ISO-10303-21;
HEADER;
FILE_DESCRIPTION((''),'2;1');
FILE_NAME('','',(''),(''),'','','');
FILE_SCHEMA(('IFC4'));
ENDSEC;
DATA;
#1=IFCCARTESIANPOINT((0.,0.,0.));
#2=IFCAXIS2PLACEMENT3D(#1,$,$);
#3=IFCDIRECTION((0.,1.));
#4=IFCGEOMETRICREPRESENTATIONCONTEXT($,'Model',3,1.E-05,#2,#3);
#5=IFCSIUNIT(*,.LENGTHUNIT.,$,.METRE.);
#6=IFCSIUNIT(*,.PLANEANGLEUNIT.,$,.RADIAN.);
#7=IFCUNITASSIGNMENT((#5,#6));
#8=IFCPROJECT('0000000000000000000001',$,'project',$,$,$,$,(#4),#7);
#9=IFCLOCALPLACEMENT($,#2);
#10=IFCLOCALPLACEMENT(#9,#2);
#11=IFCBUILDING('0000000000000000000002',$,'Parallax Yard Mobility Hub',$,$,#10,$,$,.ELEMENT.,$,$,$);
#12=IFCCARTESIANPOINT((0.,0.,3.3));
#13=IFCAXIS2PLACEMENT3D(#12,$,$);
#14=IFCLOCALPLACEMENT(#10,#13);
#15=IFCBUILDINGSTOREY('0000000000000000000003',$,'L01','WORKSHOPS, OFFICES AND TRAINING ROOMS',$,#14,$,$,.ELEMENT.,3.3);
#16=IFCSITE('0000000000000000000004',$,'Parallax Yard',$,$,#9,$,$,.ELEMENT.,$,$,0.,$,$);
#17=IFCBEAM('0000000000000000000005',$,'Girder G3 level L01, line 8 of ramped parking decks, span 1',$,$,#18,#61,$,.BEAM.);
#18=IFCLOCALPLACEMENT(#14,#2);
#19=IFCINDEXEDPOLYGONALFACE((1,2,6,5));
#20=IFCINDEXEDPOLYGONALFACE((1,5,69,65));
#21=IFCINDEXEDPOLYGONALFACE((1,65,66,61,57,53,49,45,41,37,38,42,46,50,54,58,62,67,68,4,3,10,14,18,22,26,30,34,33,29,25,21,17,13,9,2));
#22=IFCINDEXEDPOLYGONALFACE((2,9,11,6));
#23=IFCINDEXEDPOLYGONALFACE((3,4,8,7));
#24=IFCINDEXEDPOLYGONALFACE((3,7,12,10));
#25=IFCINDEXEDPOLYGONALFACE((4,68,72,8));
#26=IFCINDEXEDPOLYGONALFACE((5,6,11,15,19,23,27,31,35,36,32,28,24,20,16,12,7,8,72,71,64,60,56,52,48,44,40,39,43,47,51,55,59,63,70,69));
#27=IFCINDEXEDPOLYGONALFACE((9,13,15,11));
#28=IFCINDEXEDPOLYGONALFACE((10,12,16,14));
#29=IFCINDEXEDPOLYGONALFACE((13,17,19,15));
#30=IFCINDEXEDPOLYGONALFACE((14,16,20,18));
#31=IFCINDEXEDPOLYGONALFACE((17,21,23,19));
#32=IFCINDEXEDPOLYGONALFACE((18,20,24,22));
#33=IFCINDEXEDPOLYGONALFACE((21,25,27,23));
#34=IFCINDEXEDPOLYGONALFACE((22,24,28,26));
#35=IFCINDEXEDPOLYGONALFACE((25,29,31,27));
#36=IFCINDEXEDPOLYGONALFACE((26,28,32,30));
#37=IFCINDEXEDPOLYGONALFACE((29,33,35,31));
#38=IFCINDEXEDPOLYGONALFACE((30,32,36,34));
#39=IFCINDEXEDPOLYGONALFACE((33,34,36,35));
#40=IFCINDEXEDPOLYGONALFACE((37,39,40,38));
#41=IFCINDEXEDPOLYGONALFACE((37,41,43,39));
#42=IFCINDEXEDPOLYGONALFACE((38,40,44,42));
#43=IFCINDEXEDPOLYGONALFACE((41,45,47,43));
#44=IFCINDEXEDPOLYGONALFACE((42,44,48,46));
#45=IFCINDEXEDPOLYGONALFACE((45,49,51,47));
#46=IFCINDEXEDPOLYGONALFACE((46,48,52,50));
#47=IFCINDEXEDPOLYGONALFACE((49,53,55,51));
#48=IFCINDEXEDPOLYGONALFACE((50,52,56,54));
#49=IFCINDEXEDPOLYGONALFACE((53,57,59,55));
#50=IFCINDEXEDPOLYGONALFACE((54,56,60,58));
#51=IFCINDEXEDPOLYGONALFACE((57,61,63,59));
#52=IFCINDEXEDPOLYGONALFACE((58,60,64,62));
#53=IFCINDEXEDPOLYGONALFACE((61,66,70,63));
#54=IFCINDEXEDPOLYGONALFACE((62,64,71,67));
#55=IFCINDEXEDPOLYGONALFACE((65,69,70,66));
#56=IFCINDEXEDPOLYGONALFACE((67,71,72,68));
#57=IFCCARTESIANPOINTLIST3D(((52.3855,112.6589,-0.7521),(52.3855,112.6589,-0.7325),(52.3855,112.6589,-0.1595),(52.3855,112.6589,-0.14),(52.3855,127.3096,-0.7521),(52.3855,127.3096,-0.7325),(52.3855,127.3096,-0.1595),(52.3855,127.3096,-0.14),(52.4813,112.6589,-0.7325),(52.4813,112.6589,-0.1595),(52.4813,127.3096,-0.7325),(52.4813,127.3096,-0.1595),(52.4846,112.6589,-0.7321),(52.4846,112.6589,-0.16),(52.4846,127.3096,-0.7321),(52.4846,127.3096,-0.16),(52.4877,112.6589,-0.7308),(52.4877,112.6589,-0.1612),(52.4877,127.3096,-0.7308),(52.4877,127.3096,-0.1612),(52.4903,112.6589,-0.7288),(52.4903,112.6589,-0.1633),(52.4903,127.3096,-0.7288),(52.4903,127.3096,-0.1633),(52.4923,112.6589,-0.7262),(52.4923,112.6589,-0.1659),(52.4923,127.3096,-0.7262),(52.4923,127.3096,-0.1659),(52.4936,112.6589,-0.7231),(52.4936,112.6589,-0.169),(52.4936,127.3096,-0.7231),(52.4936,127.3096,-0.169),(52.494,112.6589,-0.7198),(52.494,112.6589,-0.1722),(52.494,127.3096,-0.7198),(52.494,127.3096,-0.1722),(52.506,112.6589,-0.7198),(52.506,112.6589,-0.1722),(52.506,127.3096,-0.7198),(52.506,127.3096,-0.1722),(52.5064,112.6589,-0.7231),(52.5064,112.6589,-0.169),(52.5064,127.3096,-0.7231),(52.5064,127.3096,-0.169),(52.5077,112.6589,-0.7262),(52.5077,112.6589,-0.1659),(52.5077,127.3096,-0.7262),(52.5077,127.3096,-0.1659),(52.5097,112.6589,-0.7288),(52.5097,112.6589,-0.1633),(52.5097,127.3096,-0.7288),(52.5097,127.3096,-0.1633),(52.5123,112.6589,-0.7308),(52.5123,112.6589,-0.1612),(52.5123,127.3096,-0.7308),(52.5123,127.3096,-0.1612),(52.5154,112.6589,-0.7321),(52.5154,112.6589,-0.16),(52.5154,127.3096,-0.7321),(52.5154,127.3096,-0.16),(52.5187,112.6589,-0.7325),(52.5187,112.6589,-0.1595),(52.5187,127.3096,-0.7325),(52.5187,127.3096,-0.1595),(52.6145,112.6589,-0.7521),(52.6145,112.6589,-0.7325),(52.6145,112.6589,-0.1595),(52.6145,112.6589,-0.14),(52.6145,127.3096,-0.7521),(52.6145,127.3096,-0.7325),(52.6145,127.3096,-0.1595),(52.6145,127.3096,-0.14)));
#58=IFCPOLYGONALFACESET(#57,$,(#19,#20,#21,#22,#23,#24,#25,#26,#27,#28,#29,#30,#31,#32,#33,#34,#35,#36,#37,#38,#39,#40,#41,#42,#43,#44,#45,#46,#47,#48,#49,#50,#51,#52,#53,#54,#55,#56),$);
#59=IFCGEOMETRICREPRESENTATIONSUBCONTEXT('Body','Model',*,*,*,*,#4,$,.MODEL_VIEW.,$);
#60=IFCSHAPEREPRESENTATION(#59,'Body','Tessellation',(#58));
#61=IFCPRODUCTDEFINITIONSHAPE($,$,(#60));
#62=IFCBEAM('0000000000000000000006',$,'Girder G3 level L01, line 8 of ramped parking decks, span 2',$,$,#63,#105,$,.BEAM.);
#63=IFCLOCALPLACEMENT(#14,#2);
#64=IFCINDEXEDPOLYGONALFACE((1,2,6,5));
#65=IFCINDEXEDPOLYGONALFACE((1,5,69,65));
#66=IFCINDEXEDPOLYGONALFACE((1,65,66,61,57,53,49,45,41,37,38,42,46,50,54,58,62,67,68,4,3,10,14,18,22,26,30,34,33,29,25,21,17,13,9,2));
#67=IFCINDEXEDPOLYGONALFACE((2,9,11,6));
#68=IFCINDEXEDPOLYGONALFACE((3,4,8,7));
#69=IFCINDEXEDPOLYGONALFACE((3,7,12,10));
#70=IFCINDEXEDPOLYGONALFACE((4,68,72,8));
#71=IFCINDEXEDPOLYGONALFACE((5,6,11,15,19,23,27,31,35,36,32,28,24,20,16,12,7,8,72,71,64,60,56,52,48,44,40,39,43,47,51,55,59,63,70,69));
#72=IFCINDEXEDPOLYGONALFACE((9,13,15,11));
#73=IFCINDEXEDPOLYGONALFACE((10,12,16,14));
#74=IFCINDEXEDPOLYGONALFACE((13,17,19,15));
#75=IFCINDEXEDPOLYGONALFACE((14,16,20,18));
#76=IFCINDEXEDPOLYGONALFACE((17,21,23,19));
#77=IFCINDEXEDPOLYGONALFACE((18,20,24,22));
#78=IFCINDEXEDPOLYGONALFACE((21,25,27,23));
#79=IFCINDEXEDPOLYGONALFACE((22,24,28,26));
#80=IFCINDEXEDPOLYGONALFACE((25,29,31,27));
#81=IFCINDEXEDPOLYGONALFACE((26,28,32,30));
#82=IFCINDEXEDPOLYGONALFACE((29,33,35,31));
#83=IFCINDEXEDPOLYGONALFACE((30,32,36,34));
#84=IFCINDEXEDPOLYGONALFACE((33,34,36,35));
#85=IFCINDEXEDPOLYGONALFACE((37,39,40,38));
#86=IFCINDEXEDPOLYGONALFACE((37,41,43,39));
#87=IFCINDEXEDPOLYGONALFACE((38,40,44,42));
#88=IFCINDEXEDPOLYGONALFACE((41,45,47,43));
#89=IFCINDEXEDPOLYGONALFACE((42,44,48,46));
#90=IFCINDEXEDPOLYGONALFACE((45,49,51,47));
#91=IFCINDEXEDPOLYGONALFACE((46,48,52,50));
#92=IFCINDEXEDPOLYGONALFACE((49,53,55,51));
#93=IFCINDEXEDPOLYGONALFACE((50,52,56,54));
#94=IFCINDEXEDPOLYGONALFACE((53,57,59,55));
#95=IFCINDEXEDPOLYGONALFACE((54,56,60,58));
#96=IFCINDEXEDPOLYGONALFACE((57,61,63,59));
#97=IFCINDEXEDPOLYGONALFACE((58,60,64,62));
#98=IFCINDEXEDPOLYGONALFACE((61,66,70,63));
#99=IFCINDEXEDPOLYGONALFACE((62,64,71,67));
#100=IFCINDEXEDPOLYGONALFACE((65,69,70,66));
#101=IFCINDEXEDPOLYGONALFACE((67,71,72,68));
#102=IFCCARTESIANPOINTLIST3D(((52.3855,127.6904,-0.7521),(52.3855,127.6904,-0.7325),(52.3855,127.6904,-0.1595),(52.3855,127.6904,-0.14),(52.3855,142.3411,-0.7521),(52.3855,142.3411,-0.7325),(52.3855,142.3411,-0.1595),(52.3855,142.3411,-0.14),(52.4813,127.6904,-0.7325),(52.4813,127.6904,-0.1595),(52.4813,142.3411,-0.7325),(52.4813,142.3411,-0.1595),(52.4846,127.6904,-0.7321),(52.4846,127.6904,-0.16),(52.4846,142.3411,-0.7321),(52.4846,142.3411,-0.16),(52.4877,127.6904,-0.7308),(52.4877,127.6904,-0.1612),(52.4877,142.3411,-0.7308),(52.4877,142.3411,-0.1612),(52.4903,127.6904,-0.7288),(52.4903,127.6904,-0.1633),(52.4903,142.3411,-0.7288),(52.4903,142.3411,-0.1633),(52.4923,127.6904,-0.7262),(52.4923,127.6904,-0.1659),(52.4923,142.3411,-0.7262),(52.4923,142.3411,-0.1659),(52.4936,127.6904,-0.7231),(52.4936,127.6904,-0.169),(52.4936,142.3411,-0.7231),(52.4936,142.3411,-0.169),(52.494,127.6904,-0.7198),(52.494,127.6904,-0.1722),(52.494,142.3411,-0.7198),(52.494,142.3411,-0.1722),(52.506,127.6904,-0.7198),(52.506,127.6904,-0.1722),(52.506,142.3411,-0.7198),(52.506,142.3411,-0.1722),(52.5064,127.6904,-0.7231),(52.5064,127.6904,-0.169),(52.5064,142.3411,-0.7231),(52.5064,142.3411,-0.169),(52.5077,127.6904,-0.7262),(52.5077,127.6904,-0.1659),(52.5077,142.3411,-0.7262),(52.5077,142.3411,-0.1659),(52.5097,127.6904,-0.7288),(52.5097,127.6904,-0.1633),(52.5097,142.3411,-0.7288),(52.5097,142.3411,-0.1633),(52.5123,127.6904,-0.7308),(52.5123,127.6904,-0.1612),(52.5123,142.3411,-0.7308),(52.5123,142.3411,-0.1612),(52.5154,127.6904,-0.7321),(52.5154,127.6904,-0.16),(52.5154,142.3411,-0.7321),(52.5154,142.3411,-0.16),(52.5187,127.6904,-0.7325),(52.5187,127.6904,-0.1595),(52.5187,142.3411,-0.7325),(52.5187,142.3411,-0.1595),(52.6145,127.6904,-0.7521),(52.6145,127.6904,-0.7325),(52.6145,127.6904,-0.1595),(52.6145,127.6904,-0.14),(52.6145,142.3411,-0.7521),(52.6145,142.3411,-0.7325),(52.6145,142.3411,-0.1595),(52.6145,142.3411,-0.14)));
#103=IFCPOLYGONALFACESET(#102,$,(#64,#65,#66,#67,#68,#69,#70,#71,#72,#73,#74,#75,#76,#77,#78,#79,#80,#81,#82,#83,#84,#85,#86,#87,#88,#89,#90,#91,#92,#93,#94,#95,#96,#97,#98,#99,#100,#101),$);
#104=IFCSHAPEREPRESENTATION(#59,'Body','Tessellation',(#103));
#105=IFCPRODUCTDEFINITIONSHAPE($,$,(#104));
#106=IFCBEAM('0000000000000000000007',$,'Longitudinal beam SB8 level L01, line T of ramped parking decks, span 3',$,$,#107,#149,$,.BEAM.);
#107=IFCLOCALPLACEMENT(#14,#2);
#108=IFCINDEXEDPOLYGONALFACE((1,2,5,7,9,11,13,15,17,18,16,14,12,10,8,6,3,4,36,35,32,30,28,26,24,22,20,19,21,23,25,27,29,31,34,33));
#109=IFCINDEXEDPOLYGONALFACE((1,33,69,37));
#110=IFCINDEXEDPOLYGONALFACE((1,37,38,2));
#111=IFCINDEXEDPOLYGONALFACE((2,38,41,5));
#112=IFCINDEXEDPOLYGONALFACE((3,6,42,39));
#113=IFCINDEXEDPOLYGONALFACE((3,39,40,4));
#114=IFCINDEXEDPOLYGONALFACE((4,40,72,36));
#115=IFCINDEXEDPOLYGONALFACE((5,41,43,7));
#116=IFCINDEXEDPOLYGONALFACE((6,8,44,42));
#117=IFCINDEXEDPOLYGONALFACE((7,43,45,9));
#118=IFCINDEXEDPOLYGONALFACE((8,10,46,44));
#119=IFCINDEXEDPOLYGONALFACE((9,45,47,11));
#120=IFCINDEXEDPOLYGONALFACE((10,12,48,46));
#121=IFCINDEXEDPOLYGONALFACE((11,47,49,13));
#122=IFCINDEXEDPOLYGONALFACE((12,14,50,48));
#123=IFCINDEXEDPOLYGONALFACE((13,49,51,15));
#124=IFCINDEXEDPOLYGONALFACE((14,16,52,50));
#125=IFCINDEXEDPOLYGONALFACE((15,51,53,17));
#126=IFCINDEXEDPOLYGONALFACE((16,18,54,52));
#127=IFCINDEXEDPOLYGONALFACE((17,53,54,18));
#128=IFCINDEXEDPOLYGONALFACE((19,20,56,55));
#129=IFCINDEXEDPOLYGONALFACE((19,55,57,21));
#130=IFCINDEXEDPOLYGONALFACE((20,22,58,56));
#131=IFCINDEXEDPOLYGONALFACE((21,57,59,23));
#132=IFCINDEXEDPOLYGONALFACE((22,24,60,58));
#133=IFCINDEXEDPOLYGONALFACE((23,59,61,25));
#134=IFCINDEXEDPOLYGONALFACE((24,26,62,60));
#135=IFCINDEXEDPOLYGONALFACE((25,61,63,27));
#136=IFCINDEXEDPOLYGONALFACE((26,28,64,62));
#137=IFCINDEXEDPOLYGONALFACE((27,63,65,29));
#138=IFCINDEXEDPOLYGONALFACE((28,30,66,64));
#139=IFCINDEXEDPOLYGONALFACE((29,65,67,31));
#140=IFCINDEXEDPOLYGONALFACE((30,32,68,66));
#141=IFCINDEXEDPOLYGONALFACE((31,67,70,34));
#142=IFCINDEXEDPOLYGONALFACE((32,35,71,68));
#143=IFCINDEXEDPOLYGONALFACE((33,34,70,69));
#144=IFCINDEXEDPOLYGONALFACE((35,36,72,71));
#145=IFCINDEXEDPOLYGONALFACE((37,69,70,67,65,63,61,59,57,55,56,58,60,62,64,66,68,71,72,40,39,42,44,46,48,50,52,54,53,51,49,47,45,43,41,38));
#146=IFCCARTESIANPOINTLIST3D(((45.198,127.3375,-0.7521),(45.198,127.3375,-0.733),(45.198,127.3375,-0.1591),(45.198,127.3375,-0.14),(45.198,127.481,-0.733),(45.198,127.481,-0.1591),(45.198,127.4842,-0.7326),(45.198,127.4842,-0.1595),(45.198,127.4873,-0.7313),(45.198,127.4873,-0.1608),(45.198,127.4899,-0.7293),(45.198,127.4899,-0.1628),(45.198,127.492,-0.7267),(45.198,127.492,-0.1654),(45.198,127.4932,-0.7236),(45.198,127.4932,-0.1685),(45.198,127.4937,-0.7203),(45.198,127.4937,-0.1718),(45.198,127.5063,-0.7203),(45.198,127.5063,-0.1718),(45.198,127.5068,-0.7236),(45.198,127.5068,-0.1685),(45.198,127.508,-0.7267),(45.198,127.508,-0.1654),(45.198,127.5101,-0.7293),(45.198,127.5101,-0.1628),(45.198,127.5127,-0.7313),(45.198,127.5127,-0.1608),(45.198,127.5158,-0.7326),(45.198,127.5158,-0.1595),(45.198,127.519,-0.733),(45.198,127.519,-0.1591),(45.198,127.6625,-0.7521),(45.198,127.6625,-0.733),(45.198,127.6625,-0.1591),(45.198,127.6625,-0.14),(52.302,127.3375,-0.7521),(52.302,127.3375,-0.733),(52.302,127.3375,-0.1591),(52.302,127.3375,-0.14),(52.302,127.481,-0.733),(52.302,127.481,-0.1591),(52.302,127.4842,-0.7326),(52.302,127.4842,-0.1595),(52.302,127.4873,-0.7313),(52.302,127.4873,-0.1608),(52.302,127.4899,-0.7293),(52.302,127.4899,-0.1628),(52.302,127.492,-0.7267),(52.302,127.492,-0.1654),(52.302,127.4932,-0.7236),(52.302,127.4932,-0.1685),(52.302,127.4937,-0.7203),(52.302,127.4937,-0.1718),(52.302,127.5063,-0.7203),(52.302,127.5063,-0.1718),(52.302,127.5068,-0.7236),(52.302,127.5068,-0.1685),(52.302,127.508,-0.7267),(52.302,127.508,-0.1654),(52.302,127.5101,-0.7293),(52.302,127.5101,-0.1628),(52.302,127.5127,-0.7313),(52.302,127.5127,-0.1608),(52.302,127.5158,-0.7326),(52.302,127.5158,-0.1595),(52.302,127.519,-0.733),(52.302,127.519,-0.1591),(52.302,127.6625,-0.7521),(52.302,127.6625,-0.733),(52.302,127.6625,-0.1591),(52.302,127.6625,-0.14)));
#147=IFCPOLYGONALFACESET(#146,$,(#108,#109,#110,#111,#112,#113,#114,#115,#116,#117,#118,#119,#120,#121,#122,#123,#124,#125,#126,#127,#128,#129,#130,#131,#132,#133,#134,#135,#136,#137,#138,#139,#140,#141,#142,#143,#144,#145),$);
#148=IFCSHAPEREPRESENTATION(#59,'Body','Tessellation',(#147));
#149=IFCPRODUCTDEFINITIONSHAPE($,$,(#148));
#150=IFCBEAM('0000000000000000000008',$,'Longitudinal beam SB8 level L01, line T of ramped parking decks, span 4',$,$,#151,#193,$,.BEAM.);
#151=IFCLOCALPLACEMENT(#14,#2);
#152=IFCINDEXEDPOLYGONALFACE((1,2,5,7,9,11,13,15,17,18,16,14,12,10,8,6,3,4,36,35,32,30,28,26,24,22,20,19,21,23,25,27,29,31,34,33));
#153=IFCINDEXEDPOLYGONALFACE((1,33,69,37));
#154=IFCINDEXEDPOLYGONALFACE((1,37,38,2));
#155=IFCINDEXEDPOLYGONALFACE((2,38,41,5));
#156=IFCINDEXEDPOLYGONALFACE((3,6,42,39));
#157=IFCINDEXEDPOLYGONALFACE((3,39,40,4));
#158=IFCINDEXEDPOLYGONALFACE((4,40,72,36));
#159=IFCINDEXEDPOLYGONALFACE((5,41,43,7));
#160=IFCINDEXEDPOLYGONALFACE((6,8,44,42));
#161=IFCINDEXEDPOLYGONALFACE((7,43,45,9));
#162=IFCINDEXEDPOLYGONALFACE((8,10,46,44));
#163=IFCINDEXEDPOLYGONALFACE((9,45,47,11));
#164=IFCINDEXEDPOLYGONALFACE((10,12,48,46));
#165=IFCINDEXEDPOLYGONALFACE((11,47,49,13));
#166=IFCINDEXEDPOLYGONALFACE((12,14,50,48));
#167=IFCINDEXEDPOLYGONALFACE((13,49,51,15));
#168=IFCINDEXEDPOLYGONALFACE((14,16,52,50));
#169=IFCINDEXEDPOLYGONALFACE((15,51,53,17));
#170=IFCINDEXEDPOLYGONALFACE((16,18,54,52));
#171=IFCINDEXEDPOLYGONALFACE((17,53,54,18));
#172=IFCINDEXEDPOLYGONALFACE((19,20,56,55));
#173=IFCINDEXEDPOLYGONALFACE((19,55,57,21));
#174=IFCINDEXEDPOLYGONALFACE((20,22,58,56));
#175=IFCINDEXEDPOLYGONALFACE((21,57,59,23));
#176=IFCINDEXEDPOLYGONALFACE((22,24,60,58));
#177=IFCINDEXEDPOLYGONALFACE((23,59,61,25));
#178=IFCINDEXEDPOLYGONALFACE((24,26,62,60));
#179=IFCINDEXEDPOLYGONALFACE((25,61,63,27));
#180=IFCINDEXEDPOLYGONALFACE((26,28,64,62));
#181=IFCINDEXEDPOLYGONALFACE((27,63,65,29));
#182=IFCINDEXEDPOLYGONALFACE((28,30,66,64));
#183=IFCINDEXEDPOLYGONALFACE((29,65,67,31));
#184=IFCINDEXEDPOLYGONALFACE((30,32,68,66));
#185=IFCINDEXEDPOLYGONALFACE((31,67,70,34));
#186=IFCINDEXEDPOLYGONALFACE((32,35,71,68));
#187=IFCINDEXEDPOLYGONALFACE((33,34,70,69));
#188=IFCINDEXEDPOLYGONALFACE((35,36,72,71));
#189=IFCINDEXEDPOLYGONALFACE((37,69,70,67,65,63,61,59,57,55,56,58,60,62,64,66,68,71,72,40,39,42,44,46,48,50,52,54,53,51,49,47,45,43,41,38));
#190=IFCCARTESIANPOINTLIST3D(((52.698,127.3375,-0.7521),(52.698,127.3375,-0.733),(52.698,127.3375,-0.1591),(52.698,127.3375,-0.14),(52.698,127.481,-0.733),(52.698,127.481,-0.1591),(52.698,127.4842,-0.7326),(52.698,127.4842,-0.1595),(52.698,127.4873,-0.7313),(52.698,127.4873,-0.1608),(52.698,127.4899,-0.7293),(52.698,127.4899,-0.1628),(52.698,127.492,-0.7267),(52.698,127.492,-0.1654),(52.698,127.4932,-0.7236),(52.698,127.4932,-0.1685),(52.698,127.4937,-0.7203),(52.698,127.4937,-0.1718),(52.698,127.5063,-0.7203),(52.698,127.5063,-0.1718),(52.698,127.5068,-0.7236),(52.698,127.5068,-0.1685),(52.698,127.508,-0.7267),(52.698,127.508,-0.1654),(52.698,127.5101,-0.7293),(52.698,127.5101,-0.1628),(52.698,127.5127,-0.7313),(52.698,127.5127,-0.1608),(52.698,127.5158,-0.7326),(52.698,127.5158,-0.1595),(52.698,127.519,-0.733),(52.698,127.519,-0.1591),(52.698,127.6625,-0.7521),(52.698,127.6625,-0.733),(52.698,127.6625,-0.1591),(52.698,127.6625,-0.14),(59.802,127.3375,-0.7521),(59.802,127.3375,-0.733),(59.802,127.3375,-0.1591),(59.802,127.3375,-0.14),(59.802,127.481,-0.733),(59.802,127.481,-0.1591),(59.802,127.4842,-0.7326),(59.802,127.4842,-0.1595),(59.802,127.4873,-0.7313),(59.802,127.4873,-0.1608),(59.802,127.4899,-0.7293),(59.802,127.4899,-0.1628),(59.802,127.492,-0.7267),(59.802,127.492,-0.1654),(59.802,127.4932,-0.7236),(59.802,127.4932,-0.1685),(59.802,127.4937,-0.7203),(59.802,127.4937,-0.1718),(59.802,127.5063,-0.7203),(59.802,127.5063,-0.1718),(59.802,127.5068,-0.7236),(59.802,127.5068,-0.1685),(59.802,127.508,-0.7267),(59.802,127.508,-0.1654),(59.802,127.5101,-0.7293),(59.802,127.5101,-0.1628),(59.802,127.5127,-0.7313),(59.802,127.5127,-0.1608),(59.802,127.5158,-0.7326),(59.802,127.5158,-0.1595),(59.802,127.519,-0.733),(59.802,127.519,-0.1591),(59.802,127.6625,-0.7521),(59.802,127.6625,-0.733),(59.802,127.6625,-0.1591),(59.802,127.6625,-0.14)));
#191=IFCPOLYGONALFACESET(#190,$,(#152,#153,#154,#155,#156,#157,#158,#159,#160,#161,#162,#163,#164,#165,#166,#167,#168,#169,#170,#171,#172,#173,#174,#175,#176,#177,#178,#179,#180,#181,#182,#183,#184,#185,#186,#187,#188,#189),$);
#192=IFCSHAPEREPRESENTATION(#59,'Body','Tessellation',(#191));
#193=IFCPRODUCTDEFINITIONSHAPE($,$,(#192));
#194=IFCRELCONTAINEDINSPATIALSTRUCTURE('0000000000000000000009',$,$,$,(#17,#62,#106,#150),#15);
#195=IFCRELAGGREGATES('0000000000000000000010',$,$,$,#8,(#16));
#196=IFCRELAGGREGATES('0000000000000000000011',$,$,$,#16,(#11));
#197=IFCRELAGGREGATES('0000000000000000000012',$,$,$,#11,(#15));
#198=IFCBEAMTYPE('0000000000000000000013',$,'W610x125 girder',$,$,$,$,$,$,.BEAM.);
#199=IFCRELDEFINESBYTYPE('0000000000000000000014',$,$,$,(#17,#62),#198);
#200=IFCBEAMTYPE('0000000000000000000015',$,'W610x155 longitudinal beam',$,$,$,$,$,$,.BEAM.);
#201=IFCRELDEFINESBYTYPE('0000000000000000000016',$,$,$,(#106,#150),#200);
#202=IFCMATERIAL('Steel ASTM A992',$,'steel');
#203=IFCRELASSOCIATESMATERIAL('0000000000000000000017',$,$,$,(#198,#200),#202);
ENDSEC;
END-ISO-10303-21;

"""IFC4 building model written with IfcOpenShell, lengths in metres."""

from ifc_helpers import new_model, si_unit, direction, frame, origin, origin_2d, place, context, subcontext, project, spatial, i_section, extrude, material, material_profile, profile_set, type_object, element, save


model = new_model("IFC4")

# Units and contexts
model_context = context("Model", 3, precision=1e-05, world=origin(), true_north=direction((0.0, 1.0)))
body_context = subcontext(model_context, "Body", "Model", "MODEL_VIEW")
ifc_project = project(units=[si_unit("LENGTHUNIT", "METRE"), si_unit("PLANEANGLEUNIT", "RADIAN")], contexts=[model_context])

# Site, building, storey
site_placement = place(None, origin())
site = spatial("IfcSite", under=ifc_project, at=site_placement, Name="Parallax Yard", CompositionType="ELEMENT", RefElevation=0.0)
building_placement = place(site_placement, origin())
building = spatial("IfcBuilding", under=site, at=building_placement, Name="Parallax Yard Mobility Hub", CompositionType="ELEMENT")
storey_placement = place(building_placement, frame((0.0, 0.0, 3.3)))
storey = spatial("IfcBuildingStorey", under=building, at=storey_placement, Name="L01", Description="WORKSHOPS, OFFICES AND TRAINING ROOMS", CompositionType="ELEMENT", Elevation=3.3)

# Shared definitions
ifc_material_1 = material(Name="Steel ASTM A992", Category="steel")

# Beams
ifc_material_profile_1 = material_profile(ifc_material_1, i_section(OverallWidth=0.229, OverallDepth=0.6121, WebThickness=0.012, FlangeThickness=0.0195, FilletRadius=0.0127, at=origin_2d()), Name="W610x125")
ifc_profile_set_1 = profile_set([ifc_material_profile_1], Name="Steel ASTM A992")
beam_type_1 = type_object("IfcBeamType", Name="W610x125 girder", PredefinedType="BEAM", material=ifc_profile_set_1)
for number, where, z_axis, x_axis, name in (
    (1, (52.5, 112.6589, -0.446), (0.0, 1.0, 0.0), (-1.0, 0.0, 0.0), "Girder G3 level L01, line 8 of ramped parking decks, span 1"),
    (2, (52.5, 127.6904, -0.446), (0.0, 1.0, 0.0), (-1.0, 0.0, 0.0), "Girder G3 level L01, line 8 of ramped parking decks, span 2"),
):
    element("IfcBeam", number, at=place(storey_placement, frame(where, z_axis=z_axis, x_axis=x_axis)), inside=storey, type_object=beam_type_1, Name=name, PredefinedType="BEAM", context=body_context, shape_type="SweptSolid", body=[
        extrude(i_section(OverallWidth=0.229, OverallDepth=0.6121, WebThickness=0.012, FlangeThickness=0.0195, FilletRadius=0.0127, at=origin_2d()), origin(), (0.0, 0.0, 1.0), 14.6506),
    ])
ifc_material_profile_2 = material_profile(ifc_material_1, i_section(OverallWidth=0.325, OverallDepth=0.6121, WebThickness=0.0127, FlangeThickness=0.019, FilletRadius=0.0127, at=origin_2d()), Name="W610x155")
ifc_profile_set_2 = profile_set([ifc_material_profile_2], Name="Steel ASTM A992")
beam_type_2 = type_object("IfcBeamType", Name="W610x155 longitudinal beam", PredefinedType="BEAM", material=ifc_profile_set_2)
for number, where, z_axis, x_axis, name in (
    (3, (45.198, 127.5, -0.446), (1.0, 0.0, 0.0), (0.0, 1.0, 0.0), "Longitudinal beam SB8 level L01, line T of ramped parking decks, span 3"),
    (4, (52.698, 127.5, -0.446), (1.0, 0.0, 0.0), (0.0, 1.0, 0.0), "Longitudinal beam SB8 level L01, line T of ramped parking decks, span 4"),
):
    element("IfcBeam", number, at=place(storey_placement, frame(where, z_axis=z_axis, x_axis=x_axis)), inside=storey, type_object=beam_type_2, Name=name, PredefinedType="BEAM", context=body_context, shape_type="SweptSolid", body=[
        extrude(i_section(OverallWidth=0.325, OverallDepth=0.6121, WebThickness=0.0127, FlangeThickness=0.019, FilletRadius=0.0127, at=origin_2d()), origin(), (0.0, 0.0, 1.0), 7.104),
    ])

save(model, "model.ifc")
